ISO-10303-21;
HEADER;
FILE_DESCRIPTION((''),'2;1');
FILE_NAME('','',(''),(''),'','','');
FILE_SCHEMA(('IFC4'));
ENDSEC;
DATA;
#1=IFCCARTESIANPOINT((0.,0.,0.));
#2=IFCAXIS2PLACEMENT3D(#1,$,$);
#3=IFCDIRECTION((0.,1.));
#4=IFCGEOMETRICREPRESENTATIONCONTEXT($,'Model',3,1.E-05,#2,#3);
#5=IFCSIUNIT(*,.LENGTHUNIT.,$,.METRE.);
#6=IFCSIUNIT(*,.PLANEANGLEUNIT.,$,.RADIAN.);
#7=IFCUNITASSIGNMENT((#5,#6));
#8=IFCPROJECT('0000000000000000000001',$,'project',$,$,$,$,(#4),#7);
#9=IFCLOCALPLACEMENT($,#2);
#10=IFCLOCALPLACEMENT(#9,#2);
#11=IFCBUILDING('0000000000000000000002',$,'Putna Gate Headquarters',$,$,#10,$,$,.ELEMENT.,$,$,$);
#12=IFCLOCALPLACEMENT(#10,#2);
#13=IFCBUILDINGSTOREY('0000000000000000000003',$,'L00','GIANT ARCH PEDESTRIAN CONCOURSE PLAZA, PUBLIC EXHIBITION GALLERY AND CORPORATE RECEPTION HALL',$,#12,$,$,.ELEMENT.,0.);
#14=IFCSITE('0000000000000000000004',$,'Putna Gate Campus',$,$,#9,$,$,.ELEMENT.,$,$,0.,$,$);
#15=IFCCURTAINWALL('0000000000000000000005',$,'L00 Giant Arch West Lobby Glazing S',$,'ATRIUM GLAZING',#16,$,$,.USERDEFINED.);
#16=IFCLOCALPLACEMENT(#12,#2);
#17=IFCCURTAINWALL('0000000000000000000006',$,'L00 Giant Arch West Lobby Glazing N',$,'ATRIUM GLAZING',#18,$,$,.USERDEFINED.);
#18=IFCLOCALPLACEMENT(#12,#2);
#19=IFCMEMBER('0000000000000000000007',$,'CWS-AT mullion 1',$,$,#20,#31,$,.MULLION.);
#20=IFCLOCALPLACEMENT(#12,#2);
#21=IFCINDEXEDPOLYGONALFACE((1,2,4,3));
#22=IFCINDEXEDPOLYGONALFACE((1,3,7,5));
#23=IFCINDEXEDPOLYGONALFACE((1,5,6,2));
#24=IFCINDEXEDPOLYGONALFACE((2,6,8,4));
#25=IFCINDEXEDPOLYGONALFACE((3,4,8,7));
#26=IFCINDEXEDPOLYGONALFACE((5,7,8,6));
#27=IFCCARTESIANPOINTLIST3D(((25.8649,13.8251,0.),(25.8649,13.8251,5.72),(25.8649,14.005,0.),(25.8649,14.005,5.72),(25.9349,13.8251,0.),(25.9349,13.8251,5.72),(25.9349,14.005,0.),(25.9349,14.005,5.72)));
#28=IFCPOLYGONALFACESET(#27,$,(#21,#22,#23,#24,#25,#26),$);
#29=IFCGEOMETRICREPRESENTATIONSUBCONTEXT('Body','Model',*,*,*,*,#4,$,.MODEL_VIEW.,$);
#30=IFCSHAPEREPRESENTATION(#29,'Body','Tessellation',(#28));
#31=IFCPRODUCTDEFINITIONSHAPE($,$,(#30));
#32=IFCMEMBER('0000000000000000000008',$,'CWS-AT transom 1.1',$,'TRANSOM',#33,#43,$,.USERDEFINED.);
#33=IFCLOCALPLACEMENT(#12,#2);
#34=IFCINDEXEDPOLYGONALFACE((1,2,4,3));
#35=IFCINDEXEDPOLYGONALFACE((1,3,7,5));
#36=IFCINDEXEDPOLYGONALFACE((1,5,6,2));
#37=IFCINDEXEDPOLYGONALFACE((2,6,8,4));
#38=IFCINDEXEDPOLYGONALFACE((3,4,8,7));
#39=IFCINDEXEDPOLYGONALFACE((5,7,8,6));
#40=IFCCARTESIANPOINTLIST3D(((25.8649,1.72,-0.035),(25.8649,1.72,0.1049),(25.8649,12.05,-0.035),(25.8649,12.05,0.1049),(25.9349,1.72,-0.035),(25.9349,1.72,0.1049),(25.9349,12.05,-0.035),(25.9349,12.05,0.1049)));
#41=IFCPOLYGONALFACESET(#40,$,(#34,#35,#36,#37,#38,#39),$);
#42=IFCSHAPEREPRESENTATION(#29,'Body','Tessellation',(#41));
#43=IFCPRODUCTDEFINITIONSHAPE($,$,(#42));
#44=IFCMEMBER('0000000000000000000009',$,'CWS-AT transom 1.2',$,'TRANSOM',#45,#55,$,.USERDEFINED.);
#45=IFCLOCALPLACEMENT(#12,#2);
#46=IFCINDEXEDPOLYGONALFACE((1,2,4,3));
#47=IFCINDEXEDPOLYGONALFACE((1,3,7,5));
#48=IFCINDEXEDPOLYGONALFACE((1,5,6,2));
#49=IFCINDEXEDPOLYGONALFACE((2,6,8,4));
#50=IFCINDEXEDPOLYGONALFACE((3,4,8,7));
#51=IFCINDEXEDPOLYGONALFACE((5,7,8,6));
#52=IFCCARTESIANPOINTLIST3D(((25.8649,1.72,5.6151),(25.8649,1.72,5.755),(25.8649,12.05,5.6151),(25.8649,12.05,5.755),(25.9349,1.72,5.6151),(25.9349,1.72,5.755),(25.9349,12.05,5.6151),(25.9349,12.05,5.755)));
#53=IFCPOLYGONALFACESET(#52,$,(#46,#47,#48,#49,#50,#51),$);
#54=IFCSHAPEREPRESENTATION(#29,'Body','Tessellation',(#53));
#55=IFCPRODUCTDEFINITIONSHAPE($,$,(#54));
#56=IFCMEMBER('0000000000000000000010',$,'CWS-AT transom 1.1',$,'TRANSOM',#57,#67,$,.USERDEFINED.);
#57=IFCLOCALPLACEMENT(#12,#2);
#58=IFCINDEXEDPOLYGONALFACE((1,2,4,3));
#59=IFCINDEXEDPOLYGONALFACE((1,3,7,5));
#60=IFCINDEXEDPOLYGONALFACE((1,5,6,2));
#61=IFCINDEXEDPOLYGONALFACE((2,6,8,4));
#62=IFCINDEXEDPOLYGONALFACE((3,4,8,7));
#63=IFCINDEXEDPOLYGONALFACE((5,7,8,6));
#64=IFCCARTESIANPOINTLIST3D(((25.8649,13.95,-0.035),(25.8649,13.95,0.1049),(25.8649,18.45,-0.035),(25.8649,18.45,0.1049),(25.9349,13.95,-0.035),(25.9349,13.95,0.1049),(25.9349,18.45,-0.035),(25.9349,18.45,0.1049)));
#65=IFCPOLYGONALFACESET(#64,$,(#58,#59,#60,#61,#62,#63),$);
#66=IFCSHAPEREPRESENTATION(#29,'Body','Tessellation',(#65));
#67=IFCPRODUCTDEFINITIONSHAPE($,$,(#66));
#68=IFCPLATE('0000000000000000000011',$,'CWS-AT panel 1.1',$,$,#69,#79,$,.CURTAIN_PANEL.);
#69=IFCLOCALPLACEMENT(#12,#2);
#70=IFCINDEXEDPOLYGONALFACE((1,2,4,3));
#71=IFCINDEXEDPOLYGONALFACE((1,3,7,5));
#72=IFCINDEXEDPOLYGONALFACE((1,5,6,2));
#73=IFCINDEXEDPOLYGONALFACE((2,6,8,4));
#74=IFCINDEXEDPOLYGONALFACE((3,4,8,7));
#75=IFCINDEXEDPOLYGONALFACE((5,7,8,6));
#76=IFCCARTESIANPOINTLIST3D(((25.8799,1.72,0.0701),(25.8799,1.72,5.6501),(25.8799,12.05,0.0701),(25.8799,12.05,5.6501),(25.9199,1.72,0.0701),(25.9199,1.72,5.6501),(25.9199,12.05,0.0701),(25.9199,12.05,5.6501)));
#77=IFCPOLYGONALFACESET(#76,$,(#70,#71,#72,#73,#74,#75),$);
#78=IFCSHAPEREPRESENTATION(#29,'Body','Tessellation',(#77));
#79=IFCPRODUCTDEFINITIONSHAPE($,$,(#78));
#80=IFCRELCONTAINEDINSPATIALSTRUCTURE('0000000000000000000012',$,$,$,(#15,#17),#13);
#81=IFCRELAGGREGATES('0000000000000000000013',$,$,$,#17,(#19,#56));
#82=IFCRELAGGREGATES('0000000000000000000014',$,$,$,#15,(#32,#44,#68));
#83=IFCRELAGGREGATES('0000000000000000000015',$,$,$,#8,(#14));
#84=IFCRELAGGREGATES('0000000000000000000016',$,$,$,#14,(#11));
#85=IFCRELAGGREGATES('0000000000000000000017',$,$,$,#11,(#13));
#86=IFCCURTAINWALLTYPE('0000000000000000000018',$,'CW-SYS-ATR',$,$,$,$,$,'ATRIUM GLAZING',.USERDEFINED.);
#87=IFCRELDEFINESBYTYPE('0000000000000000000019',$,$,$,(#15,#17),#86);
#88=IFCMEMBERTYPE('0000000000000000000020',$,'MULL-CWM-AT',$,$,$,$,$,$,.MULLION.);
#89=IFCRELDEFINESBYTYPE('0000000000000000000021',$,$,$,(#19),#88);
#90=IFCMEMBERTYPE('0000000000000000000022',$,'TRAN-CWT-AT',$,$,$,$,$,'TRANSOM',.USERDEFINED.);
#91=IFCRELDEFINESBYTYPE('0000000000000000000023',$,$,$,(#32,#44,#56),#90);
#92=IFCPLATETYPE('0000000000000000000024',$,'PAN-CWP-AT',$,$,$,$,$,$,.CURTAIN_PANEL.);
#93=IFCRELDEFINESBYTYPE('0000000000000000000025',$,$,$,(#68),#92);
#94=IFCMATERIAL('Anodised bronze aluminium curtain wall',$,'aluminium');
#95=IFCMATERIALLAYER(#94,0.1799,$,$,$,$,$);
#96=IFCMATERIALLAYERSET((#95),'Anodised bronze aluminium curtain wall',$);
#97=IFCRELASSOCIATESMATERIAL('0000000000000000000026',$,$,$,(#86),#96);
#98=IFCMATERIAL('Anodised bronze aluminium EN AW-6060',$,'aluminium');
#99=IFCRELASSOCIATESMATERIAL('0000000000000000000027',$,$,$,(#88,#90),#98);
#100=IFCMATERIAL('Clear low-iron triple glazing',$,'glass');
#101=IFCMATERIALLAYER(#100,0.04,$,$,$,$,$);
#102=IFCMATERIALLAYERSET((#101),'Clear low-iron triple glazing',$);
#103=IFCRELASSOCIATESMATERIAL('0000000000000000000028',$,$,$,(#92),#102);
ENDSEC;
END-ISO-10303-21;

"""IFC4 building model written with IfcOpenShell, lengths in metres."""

from ifc_helpers import new_model, si_unit, direction, frame, origin, origin_2d, place, context, subcontext, project, spatial, rectangle, extrude, material, layer, layer_set, material_profile, profile_set, type_object, element, aggregate, save


model = new_model("IFC4")

# Units and contexts
model_context = context("Model", 3, precision=1e-05, world=origin(), true_north=direction((0.0, 1.0)))
body_context = subcontext(model_context, "Body", "Model", "MODEL_VIEW")
ifc_project = project(units=[si_unit("LENGTHUNIT", "METRE"), si_unit("PLANEANGLEUNIT", "RADIAN")], contexts=[model_context])

# Site, building, storey
site_placement = place(None, origin())
site = spatial("IfcSite", under=ifc_project, at=site_placement, Name="Putna Gate Campus", CompositionType="ELEMENT", RefElevation=0.0)
building_placement = place(site_placement, origin())
building = spatial("IfcBuilding", under=site, at=building_placement, Name="Putna Gate Headquarters", CompositionType="ELEMENT")
storey_placement = place(building_placement, origin())
storey = spatial("IfcBuildingStorey", under=building, at=storey_placement, Name="L00", Description="GIANT ARCH PEDESTRIAN CONCOURSE PLAZA, PUBLIC EXHIBITION GALLERY AND CORPORATE RECEPTION HALL", CompositionType="ELEMENT", Elevation=0.0)

# Curtain wall
ifc_material_1 = material(Name="Anodised bronze aluminium curtain wall", Category="aluminium")
ifc_layer_1 = layer(ifc_material_1, 0.1799)
ifc_layer_set_1 = layer_set([ifc_layer_1], Name="Anodised bronze aluminium curtain wall")
curtain_wall_type = type_object("IfcCurtainWallType", Name="CW-SYS-ATR", ElementType="ATRIUM GLAZING", PredefinedType="USERDEFINED", material=ifc_layer_set_1)
curtain_wall_1_placement = place(storey_placement, origin())
curtain_wall_1 = element("IfcCurtainWall", 1, at=curtain_wall_1_placement, inside=storey, type_object=curtain_wall_type, Name="L00 Giant Arch West Lobby Glazing S", ObjectType="ATRIUM GLAZING", PredefinedType="USERDEFINED")
ifc_material_2 = material(Name="Anodised bronze aluminium EN AW-6060", Category="aluminium")
ifc_material_profile_1 = material_profile(ifc_material_2, rectangle(XDim=0.0701, YDim=0.1799, at=origin_2d()), Name="Anodised bronze aluminium EN AW-6060")
ifc_profile_set_1 = profile_set([ifc_material_profile_1], Name="Anodised bronze aluminium EN AW-6060")
member_type_1 = type_object("IfcMemberType", Name="MULL-CWM-AT", PredefinedType="MULLION", material=ifc_profile_set_1)

# Curtain wall, member
curtain_wall_2_placement = place(storey_placement, origin())
curtain_wall_2 = element("IfcCurtainWall", 2, at=curtain_wall_2_placement, inside=storey, type_object=curtain_wall_type, Name="L00 Giant Arch West Lobby Glazing N", ObjectType="ATRIUM GLAZING", PredefinedType="USERDEFINED")
member_1_placement = place(storey_placement, frame((25.8999, 13.915, 0.0), z_axis=(0.0, 0.0, 1.0), x_axis=(-1.0, 0.0, 0.0)))
member_1 = element("IfcMember", 3, at=member_1_placement, type_object=member_type_1, Name="CWS-AT mullion 1", PredefinedType="MULLION", context=body_context, shape_type="SweptSolid", body=[
    extrude(rectangle(XDim=0.0701, YDim=0.1799, at=origin_2d()), origin(), (0.0, 0.0, 1.0), 5.72),
])

# Members
ifc_material_profile_2 = material_profile(ifc_material_2, rectangle(XDim=0.0701, YDim=0.1399, at=origin_2d()), Name="Anodised bronze aluminium EN AW-6060")
ifc_profile_set_2 = profile_set([ifc_material_profile_2], Name="Anodised bronze aluminium EN AW-6060")
member_type_2 = type_object("IfcMemberType", Name="TRAN-CWT-AT", ElementType="TRANSOM", PredefinedType="USERDEFINED", material=ifc_profile_set_2)
member_2_placement = place(storey_placement, frame((25.8999, 1.72, 0.0349), z_axis=(0.0, 1.0, 0.0), x_axis=(-1.0, 0.0, 0.0)))
member_2 = element("IfcMember", 4, at=member_2_placement, type_object=member_type_2, Name="CWS-AT transom 1.1", ObjectType="TRANSOM", PredefinedType="USERDEFINED", context=body_context, shape_type="SweptSolid", body=[
    extrude(rectangle(XDim=0.0701, YDim=0.1399, at=origin_2d()), origin(), (0.0, 0.0, 1.0), 10.3301),
])
member_3_placement = place(storey_placement, frame((25.8999, 1.72, 5.6851), z_axis=(0.0, 1.0, 0.0), x_axis=(-1.0, 0.0, 0.0)))
member_3 = element("IfcMember", 5, at=member_3_placement, type_object=member_type_2, Name="CWS-AT transom 1.2", ObjectType="TRANSOM", PredefinedType="USERDEFINED", context=body_context, shape_type="SweptSolid", body=[
    extrude(rectangle(XDim=0.0701, YDim=0.1399, at=origin_2d()), origin(), (0.0, 0.0, 1.0), 10.3301),
])
member_4_placement = place(storey_placement, frame((25.8999, 13.95, 0.0349), z_axis=(0.0, 1.0, 0.0), x_axis=(-1.0, 0.0, 0.0)))
member_4 = element("IfcMember", 6, at=member_4_placement, type_object=member_type_2, Name="CWS-AT transom 1.1", ObjectType="TRANSOM", PredefinedType="USERDEFINED", context=body_context, shape_type="SweptSolid", body=[
    extrude(rectangle(XDim=0.0701, YDim=0.1399, at=origin_2d()), origin(), (0.0, 0.0, 1.0), 4.5),
])
aggregate(curtain_wall_2, [member_1, member_4])

# Plate
ifc_material_3 = material(Name="Clear low-iron triple glazing", Category="glass")
ifc_layer_2 = layer(ifc_material_3, 0.04)
ifc_layer_set_2 = layer_set([ifc_layer_2], Name="Clear low-iron triple glazing")
plate_type = type_object("IfcPlateType", Name="PAN-CWP-AT", PredefinedType="CURTAIN_PANEL", material=ifc_layer_set_2)
plate_placement = place(storey_placement, frame((25.8999, 6.885, 0.0701), z_axis=(0.0, 0.0, 1.0), x_axis=(0.0, 1.0, 0.0)))
plate = element("IfcPlate", 7, at=plate_placement, type_object=plate_type, Name="CWS-AT panel 1.1", PredefinedType="CURTAIN_PANEL", context=body_context, shape_type="SweptSolid", body=[
    extrude(rectangle(XDim=10.3301, YDim=0.04, at=origin_2d()), origin(), (0.0, 0.0, 1.0), 5.5801),
])
aggregate(curtain_wall_1, [member_2, member_3, plate])

save(model, "model.ifc")
